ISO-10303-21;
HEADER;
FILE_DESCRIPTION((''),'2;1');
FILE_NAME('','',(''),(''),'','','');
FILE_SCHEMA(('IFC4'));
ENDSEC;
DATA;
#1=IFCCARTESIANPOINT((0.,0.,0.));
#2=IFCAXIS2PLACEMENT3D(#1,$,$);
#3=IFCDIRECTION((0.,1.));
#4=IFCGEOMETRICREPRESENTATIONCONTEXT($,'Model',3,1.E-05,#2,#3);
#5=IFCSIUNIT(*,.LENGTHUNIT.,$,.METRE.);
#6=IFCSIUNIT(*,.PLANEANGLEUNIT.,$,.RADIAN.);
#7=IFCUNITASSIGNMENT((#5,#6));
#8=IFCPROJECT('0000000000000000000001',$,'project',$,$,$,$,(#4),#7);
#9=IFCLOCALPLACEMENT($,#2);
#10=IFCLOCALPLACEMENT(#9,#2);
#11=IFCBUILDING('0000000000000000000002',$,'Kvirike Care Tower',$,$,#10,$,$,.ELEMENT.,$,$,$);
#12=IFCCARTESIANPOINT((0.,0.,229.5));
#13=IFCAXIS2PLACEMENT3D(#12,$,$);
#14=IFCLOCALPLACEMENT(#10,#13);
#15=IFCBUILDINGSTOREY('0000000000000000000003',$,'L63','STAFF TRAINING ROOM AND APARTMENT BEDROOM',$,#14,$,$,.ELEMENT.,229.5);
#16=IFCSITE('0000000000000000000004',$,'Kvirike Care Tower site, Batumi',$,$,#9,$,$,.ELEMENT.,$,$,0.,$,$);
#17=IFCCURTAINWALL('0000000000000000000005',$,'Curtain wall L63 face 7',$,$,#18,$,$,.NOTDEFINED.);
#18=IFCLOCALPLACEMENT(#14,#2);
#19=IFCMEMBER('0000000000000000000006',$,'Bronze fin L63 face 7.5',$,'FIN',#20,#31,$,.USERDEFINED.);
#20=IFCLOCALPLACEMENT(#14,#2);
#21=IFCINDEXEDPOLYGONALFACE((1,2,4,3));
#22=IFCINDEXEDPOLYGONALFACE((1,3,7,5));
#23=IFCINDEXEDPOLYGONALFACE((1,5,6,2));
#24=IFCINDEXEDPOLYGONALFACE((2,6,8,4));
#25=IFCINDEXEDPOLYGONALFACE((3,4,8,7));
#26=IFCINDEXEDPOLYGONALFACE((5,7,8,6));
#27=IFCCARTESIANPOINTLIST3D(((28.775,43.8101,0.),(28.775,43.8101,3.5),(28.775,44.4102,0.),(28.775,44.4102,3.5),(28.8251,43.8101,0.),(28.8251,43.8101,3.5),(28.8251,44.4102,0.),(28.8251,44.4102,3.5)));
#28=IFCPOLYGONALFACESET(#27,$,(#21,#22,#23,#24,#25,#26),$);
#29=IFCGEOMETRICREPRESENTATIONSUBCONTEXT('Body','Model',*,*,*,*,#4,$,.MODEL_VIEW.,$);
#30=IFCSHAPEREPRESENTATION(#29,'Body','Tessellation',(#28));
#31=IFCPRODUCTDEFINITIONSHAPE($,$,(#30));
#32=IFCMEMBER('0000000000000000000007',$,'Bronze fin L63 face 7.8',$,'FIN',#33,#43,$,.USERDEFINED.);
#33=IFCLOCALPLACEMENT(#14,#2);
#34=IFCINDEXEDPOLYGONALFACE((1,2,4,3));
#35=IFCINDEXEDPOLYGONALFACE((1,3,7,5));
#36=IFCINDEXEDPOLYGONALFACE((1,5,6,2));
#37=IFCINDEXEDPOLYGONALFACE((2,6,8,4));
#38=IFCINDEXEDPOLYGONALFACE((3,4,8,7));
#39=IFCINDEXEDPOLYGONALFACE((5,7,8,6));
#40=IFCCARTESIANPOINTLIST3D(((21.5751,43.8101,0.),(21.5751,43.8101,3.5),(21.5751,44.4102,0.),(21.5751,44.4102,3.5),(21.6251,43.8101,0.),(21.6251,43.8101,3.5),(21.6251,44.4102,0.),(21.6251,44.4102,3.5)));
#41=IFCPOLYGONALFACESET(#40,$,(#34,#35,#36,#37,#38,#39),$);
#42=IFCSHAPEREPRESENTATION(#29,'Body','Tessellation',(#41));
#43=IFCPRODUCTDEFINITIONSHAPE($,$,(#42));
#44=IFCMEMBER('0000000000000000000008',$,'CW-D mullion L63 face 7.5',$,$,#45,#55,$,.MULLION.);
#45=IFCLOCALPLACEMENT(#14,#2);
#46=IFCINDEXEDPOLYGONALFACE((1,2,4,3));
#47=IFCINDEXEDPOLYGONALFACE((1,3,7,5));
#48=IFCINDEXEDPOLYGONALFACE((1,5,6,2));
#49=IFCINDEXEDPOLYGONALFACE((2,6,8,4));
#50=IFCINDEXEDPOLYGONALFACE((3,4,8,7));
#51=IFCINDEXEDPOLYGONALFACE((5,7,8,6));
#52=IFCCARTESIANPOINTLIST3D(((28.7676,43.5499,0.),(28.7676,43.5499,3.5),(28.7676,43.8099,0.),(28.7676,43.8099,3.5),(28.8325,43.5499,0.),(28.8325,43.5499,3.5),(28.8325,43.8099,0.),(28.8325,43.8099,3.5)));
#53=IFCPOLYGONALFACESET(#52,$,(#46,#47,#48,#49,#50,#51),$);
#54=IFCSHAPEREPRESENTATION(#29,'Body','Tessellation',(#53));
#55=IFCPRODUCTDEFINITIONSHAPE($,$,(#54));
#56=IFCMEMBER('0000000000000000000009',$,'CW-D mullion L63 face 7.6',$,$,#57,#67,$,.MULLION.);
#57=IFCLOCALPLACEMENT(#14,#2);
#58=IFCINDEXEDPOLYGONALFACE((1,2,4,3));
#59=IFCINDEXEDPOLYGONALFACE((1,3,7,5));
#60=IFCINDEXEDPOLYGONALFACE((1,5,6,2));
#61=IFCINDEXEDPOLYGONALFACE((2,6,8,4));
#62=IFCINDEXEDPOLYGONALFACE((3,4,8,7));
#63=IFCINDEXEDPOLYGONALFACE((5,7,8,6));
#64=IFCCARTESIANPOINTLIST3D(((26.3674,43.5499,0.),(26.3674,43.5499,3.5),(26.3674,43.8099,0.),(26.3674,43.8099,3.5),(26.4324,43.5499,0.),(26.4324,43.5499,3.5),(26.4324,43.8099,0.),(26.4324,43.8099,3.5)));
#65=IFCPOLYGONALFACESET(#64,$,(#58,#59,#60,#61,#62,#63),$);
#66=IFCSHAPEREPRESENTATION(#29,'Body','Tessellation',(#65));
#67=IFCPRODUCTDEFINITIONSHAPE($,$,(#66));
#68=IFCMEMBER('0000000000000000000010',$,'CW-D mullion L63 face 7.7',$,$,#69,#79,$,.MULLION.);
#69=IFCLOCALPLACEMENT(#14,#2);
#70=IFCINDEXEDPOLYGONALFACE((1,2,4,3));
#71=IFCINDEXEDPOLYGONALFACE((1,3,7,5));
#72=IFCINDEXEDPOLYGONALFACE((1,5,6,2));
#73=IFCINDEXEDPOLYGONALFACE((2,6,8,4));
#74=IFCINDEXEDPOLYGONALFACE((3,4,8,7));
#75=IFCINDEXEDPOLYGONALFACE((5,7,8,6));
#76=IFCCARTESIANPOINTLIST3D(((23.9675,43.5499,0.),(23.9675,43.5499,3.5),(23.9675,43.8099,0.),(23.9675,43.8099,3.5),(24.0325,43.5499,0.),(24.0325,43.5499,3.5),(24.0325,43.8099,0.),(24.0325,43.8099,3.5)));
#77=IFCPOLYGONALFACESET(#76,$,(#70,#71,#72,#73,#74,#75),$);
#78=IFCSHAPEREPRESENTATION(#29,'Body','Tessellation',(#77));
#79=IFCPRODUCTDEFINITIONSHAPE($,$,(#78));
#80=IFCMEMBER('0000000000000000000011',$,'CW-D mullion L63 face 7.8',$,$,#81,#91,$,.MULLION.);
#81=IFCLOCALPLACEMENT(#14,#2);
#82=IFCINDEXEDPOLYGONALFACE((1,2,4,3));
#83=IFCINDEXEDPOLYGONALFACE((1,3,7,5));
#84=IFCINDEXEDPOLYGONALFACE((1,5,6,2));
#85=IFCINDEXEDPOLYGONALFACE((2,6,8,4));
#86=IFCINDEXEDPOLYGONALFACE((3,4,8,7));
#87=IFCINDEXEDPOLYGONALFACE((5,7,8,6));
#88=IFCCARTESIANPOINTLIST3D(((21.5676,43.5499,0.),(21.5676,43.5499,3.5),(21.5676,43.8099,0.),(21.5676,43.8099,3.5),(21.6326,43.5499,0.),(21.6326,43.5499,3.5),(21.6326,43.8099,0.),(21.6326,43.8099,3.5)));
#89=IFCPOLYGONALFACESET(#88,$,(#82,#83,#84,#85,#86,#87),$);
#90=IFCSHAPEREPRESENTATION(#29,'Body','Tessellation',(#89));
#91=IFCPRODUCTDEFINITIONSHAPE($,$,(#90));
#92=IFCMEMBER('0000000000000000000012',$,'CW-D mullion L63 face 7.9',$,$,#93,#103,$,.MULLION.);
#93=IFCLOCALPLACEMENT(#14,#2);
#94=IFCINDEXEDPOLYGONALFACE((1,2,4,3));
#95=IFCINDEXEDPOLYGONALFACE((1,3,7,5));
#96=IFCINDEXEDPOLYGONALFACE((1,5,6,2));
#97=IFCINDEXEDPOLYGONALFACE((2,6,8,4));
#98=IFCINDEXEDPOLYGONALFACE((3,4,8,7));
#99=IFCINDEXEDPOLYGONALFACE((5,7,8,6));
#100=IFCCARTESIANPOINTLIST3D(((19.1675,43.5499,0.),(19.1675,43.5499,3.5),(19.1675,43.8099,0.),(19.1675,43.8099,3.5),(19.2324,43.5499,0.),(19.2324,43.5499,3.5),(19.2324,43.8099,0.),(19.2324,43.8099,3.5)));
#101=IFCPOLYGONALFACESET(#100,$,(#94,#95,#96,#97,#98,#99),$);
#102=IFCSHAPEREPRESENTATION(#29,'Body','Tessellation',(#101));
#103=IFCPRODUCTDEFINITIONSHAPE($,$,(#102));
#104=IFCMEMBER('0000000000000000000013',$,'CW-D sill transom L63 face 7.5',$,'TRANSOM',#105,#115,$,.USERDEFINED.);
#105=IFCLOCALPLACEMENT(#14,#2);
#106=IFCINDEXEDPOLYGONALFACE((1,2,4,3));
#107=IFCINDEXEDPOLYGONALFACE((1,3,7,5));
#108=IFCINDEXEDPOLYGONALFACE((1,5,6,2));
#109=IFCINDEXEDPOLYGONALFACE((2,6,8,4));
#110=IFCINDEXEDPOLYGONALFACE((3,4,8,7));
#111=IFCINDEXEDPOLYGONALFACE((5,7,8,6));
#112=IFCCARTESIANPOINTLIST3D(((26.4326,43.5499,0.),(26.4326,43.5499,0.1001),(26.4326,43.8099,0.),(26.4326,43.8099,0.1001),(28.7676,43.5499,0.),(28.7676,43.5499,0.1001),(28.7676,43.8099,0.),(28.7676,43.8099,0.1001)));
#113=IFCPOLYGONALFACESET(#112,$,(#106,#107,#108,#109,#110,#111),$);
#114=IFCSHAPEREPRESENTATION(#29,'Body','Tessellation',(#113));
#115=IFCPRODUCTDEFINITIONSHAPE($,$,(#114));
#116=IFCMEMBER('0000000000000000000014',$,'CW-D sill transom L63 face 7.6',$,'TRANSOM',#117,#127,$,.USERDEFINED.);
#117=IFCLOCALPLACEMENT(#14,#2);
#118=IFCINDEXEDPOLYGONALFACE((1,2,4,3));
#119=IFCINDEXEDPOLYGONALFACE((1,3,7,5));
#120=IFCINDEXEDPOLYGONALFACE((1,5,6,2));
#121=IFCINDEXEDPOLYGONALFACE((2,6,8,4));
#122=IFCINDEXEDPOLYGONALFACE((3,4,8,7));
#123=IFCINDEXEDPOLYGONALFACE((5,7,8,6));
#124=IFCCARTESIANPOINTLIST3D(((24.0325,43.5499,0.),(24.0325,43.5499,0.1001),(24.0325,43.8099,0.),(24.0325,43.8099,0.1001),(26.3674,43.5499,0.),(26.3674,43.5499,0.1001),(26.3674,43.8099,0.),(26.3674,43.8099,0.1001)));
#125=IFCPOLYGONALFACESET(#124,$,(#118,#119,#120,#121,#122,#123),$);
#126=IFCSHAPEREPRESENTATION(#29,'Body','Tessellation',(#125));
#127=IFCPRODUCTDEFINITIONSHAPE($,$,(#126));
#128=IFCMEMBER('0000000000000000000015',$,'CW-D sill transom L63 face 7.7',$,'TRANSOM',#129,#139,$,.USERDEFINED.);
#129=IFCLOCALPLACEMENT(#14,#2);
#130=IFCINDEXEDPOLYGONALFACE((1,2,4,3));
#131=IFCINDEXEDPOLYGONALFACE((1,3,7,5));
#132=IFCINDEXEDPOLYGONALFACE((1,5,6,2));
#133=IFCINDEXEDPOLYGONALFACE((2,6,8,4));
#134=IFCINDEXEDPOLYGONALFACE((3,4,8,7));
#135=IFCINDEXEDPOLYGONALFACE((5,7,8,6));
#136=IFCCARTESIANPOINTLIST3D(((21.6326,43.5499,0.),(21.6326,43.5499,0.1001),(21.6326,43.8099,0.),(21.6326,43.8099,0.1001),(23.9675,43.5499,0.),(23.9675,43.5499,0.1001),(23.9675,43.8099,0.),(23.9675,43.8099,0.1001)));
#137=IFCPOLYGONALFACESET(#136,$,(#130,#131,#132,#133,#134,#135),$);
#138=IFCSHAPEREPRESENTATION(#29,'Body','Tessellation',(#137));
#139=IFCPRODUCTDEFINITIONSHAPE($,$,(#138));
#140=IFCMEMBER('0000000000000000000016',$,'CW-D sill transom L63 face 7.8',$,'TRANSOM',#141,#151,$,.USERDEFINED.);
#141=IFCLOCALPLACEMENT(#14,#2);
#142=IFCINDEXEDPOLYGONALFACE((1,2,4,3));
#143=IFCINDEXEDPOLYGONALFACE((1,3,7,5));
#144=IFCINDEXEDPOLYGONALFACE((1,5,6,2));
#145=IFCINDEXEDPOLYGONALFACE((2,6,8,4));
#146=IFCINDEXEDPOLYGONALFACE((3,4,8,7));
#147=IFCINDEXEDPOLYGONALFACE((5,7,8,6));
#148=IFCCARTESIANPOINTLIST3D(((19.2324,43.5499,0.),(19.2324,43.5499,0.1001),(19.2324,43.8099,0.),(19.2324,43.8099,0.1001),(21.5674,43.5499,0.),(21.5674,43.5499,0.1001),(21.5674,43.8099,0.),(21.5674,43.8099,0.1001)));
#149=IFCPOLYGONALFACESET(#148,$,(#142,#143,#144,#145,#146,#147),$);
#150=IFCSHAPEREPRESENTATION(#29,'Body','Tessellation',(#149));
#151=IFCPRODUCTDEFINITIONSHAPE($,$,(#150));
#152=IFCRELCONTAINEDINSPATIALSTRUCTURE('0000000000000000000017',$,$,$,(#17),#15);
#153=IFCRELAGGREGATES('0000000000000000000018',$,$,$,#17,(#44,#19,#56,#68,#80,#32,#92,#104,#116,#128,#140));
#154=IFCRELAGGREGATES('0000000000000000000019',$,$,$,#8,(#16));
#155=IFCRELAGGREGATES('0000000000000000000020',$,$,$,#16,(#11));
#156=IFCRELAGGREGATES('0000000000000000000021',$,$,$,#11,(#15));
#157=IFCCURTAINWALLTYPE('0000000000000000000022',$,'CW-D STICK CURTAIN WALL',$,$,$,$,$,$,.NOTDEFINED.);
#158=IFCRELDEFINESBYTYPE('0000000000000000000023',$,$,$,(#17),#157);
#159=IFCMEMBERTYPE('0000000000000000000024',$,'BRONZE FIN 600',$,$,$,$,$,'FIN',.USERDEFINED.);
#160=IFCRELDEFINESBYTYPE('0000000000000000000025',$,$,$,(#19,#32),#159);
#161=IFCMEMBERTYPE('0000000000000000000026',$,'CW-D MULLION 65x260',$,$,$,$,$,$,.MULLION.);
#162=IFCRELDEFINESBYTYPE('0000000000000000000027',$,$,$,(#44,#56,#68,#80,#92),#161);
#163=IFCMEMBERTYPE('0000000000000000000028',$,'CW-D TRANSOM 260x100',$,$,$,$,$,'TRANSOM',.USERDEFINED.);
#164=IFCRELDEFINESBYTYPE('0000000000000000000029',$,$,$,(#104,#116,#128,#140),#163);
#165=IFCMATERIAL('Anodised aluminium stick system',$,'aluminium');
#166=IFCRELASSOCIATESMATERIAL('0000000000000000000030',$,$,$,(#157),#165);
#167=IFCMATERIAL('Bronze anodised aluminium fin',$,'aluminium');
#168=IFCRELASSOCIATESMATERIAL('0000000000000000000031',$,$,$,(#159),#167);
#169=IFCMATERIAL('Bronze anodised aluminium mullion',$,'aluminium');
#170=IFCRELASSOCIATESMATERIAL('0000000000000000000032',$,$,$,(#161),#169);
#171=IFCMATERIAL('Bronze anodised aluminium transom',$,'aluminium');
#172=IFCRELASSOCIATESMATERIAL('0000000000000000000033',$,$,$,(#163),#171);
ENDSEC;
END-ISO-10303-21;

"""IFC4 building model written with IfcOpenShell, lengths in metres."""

from ifc_helpers import new_model, si_unit, direction, frame, origin, origin_2d, place, context, subcontext, project, spatial, rectangle, extrude, material, material_profile, profile_set, type_object, element, aggregate, save


model = new_model("IFC4")

# Units and contexts
model_context = context("Model", 3, precision=1e-05, world=origin(), true_north=direction((0.0, 1.0)))
body_context = subcontext(model_context, "Body", "Model", "MODEL_VIEW")
ifc_project = project(units=[si_unit("LENGTHUNIT", "METRE"), si_unit("PLANEANGLEUNIT", "RADIAN")], contexts=[model_context])

# Site, building, storey
site_placement = place(None, origin())
site = spatial("IfcSite", under=ifc_project, at=site_placement, Name="Kvirike Care Tower site, Batumi", CompositionType="ELEMENT", RefElevation=0.0)
building_placement = place(site_placement, origin())
building = spatial("IfcBuilding", under=site, at=building_placement, Name="Kvirike Care Tower", CompositionType="ELEMENT")
storey_placement = place(building_placement, frame((0.0, 0.0, 229.5)))
storey = spatial("IfcBuildingStorey", under=building, at=storey_placement, Name="L63", Description="STAFF TRAINING ROOM AND APARTMENT BEDROOM", CompositionType="ELEMENT", Elevation=229.5)

# Curtain wall, members
ifc_material_1 = material(Name="Anodised aluminium stick system", Category="aluminium")
curtain_wall_type = type_object("IfcCurtainWallType", Name="CW-D STICK CURTAIN WALL", PredefinedType="NOTDEFINED", material=ifc_material_1)
curtain_wall_placement = place(storey_placement, origin())
curtain_wall = element("IfcCurtainWall", 1, at=curtain_wall_placement, inside=storey, type_object=curtain_wall_type, Name="Curtain wall L63 face 7", PredefinedType="NOTDEFINED")
ifc_material_2 = material(Name="Bronze anodised aluminium fin", Category="aluminium")
ifc_material_profile_1 = material_profile(ifc_material_2, rectangle(XDim=0.05, YDim=0.6001, at=origin_2d()), Name="BRONZE FIN 600")
ifc_profile_set_1 = profile_set([ifc_material_profile_1], Name="Bronze anodised aluminium fin")
member_type_1 = type_object("IfcMemberType", Name="BRONZE FIN 600", ElementType="FIN", PredefinedType="USERDEFINED", material=ifc_profile_set_1)
member_1_placement = place(storey_placement, frame((28.8, 44.1101, 0.0), z_axis=(0.0, 0.0, 1.0), x_axis=(-1.0, 0.0, 0.0)))
member_1 = element("IfcMember", 2, at=member_1_placement, type_object=member_type_1, Name="Bronze fin L63 face 7.5", ObjectType="FIN", PredefinedType="USERDEFINED", context=body_context, shape_type="SweptSolid", body=[
    extrude(rectangle(XDim=0.05, YDim=0.6001, at=origin_2d()), origin(), (0.0, 0.0, 1.0), 3.5),
])
member_2_placement = place(storey_placement, frame((21.6001, 44.1101, 0.0), z_axis=(0.0, 0.0, 1.0), x_axis=(-1.0, 0.0, 0.0)))
member_2 = element("IfcMember", 3, at=member_2_placement, type_object=member_type_1, Name="Bronze fin L63 face 7.8", ObjectType="FIN", PredefinedType="USERDEFINED", context=body_context, shape_type="SweptSolid", body=[
    extrude(rectangle(XDim=0.05, YDim=0.6001, at=origin_2d()), origin(), (0.0, 0.0, 1.0), 3.5),
])
ifc_material_3 = material(Name="Bronze anodised aluminium mullion", Category="aluminium")
ifc_material_profile_2 = material_profile(ifc_material_3, rectangle(XDim=0.0649, YDim=0.26, at=origin_2d()), Name="CW-D MULLION 65x260")
ifc_profile_set_2 = profile_set([ifc_material_profile_2], Name="Bronze anodised aluminium mullion")
member_type_2 = type_object("IfcMemberType", Name="CW-D MULLION 65x260", PredefinedType="MULLION", material=ifc_profile_set_2)
member_3_placement = place(storey_placement, frame((28.8, 43.6799, 0.0), z_axis=(0.0, 0.0, 1.0), x_axis=(-1.0, 0.0, 0.0)))
member_3 = element("IfcMember", 4, at=member_3_placement, type_object=member_type_2, Name="CW-D mullion L63 face 7.5", PredefinedType="MULLION", context=body_context, shape_type="SweptSolid", body=[
    extrude(rectangle(XDim=0.0649, YDim=0.26, at=origin_2d()), origin(), (0.0, 0.0, 1.0), 3.5),
])
member_4_placement = place(storey_placement, frame((26.3999, 43.6799, 0.0), z_axis=(0.0, 0.0, 1.0), x_axis=(-1.0, 0.0, 0.0)))
member_4 = element("IfcMember", 5, at=member_4_placement, type_object=member_type_2, Name="CW-D mullion L63 face 7.6", PredefinedType="MULLION", context=body_context, shape_type="SweptSolid", body=[
    extrude(rectangle(XDim=0.0649, YDim=0.26, at=origin_2d()), origin(), (0.0, 0.0, 1.0), 3.5),
])
member_5_placement = place(storey_placement, frame((24.0, 43.6799, 0.0), z_axis=(0.0, 0.0, 1.0), x_axis=(-1.0, 0.0, 0.0)))
member_5 = element("IfcMember", 6, at=member_5_placement, type_object=member_type_2, Name="CW-D mullion L63 face 7.7", PredefinedType="MULLION", context=body_context, shape_type="SweptSolid", body=[
    extrude(rectangle(XDim=0.0649, YDim=0.26, at=origin_2d()), origin(), (0.0, 0.0, 1.0), 3.5),
])
member_6_placement = place(storey_placement, frame((21.6001, 43.6799, 0.0), z_axis=(0.0, 0.0, 1.0), x_axis=(-1.0, 0.0, 0.0)))
member_6 = element("IfcMember", 7, at=member_6_placement, type_object=member_type_2, Name="CW-D mullion L63 face 7.8", PredefinedType="MULLION", context=body_context, shape_type="SweptSolid", body=[
    extrude(rectangle(XDim=0.0649, YDim=0.26, at=origin_2d()), origin(), (0.0, 0.0, 1.0), 3.5),
])
member_7_placement = place(storey_placement, frame((19.2, 43.6799, 0.0), z_axis=(0.0, 0.0, 1.0), x_axis=(-1.0, 0.0, 0.0)))
member_7 = element("IfcMember", 8, at=member_7_placement, type_object=member_type_2, Name="CW-D mullion L63 face 7.9", PredefinedType="MULLION", context=body_context, shape_type="SweptSolid", body=[
    extrude(rectangle(XDim=0.0649, YDim=0.26, at=origin_2d()), origin(), (0.0, 0.0, 1.0), 3.5),
])
ifc_material_4 = material(Name="Bronze anodised aluminium transom", Category="aluminium")
ifc_material_profile_3 = material_profile(ifc_material_4, rectangle(XDim=0.26, YDim=0.1001, at=origin_2d()), Name="CW-D TRANSOM 260x100")
ifc_profile_set_3 = profile_set([ifc_material_profile_3], Name="Bronze anodised aluminium transom")
member_type_3 = type_object("IfcMemberType", Name="CW-D TRANSOM 260x100", ElementType="TRANSOM", PredefinedType="USERDEFINED", material=ifc_profile_set_3)
member_8_placement = place(storey_placement, frame((28.7676, 43.6799, 0.05), z_axis=(-1.0, 0.0, 0.0), x_axis=(0.0, -1.0, 0.0)))
member_8 = element("IfcMember", 9, at=member_8_placement, type_object=member_type_3, Name="CW-D sill transom L63 face 7.5", ObjectType="TRANSOM", PredefinedType="USERDEFINED", context=body_context, shape_type="SweptSolid", body=[
    extrude(rectangle(XDim=0.26, YDim=0.1001, at=origin_2d()), origin(), (0.0, 0.0, 1.0), 2.335),
])
member_9_placement = place(storey_placement, frame((26.3674, 43.6799, 0.05), z_axis=(-1.0, 0.0, 0.0), x_axis=(0.0, -1.0, 0.0)))
member_9 = element("IfcMember", 10, at=member_9_placement, type_object=member_type_3, Name="CW-D sill transom L63 face 7.6", ObjectType="TRANSOM", PredefinedType="USERDEFINED", context=body_context, shape_type="SweptSolid", body=[
    extrude(rectangle(XDim=0.26, YDim=0.1001, at=origin_2d()), origin(), (0.0, 0.0, 1.0), 2.335),
])
member_10_placement = place(storey_placement, frame((23.9675, 43.6799, 0.05), z_axis=(-1.0, 0.0, 0.0), x_axis=(0.0, -1.0, 0.0)))
member_10 = element("IfcMember", 11, at=member_10_placement, type_object=member_type_3, Name="CW-D sill transom L63 face 7.7", ObjectType="TRANSOM", PredefinedType="USERDEFINED", context=body_context, shape_type="SweptSolid", body=[
    extrude(rectangle(XDim=0.26, YDim=0.1001, at=origin_2d()), origin(), (0.0, 0.0, 1.0), 2.335),
])
member_11_placement = place(storey_placement, frame((21.5674, 43.6799, 0.05), z_axis=(-1.0, 0.0, 0.0), x_axis=(0.0, -1.0, 0.0)))
member_11 = element("IfcMember", 12, at=member_11_placement, type_object=member_type_3, Name="CW-D sill transom L63 face 7.8", ObjectType="TRANSOM", PredefinedType="USERDEFINED", context=body_context, shape_type="SweptSolid", body=[
    extrude(rectangle(XDim=0.26, YDim=0.1001, at=origin_2d()), origin(), (0.0, 0.0, 1.0), 2.335),
])

aggregate(curtain_wall, [member_3, member_1, member_4, member_5, member_6, member_2, member_7, member_8, member_9, member_10, member_11])

save(model, "model.ifc")
